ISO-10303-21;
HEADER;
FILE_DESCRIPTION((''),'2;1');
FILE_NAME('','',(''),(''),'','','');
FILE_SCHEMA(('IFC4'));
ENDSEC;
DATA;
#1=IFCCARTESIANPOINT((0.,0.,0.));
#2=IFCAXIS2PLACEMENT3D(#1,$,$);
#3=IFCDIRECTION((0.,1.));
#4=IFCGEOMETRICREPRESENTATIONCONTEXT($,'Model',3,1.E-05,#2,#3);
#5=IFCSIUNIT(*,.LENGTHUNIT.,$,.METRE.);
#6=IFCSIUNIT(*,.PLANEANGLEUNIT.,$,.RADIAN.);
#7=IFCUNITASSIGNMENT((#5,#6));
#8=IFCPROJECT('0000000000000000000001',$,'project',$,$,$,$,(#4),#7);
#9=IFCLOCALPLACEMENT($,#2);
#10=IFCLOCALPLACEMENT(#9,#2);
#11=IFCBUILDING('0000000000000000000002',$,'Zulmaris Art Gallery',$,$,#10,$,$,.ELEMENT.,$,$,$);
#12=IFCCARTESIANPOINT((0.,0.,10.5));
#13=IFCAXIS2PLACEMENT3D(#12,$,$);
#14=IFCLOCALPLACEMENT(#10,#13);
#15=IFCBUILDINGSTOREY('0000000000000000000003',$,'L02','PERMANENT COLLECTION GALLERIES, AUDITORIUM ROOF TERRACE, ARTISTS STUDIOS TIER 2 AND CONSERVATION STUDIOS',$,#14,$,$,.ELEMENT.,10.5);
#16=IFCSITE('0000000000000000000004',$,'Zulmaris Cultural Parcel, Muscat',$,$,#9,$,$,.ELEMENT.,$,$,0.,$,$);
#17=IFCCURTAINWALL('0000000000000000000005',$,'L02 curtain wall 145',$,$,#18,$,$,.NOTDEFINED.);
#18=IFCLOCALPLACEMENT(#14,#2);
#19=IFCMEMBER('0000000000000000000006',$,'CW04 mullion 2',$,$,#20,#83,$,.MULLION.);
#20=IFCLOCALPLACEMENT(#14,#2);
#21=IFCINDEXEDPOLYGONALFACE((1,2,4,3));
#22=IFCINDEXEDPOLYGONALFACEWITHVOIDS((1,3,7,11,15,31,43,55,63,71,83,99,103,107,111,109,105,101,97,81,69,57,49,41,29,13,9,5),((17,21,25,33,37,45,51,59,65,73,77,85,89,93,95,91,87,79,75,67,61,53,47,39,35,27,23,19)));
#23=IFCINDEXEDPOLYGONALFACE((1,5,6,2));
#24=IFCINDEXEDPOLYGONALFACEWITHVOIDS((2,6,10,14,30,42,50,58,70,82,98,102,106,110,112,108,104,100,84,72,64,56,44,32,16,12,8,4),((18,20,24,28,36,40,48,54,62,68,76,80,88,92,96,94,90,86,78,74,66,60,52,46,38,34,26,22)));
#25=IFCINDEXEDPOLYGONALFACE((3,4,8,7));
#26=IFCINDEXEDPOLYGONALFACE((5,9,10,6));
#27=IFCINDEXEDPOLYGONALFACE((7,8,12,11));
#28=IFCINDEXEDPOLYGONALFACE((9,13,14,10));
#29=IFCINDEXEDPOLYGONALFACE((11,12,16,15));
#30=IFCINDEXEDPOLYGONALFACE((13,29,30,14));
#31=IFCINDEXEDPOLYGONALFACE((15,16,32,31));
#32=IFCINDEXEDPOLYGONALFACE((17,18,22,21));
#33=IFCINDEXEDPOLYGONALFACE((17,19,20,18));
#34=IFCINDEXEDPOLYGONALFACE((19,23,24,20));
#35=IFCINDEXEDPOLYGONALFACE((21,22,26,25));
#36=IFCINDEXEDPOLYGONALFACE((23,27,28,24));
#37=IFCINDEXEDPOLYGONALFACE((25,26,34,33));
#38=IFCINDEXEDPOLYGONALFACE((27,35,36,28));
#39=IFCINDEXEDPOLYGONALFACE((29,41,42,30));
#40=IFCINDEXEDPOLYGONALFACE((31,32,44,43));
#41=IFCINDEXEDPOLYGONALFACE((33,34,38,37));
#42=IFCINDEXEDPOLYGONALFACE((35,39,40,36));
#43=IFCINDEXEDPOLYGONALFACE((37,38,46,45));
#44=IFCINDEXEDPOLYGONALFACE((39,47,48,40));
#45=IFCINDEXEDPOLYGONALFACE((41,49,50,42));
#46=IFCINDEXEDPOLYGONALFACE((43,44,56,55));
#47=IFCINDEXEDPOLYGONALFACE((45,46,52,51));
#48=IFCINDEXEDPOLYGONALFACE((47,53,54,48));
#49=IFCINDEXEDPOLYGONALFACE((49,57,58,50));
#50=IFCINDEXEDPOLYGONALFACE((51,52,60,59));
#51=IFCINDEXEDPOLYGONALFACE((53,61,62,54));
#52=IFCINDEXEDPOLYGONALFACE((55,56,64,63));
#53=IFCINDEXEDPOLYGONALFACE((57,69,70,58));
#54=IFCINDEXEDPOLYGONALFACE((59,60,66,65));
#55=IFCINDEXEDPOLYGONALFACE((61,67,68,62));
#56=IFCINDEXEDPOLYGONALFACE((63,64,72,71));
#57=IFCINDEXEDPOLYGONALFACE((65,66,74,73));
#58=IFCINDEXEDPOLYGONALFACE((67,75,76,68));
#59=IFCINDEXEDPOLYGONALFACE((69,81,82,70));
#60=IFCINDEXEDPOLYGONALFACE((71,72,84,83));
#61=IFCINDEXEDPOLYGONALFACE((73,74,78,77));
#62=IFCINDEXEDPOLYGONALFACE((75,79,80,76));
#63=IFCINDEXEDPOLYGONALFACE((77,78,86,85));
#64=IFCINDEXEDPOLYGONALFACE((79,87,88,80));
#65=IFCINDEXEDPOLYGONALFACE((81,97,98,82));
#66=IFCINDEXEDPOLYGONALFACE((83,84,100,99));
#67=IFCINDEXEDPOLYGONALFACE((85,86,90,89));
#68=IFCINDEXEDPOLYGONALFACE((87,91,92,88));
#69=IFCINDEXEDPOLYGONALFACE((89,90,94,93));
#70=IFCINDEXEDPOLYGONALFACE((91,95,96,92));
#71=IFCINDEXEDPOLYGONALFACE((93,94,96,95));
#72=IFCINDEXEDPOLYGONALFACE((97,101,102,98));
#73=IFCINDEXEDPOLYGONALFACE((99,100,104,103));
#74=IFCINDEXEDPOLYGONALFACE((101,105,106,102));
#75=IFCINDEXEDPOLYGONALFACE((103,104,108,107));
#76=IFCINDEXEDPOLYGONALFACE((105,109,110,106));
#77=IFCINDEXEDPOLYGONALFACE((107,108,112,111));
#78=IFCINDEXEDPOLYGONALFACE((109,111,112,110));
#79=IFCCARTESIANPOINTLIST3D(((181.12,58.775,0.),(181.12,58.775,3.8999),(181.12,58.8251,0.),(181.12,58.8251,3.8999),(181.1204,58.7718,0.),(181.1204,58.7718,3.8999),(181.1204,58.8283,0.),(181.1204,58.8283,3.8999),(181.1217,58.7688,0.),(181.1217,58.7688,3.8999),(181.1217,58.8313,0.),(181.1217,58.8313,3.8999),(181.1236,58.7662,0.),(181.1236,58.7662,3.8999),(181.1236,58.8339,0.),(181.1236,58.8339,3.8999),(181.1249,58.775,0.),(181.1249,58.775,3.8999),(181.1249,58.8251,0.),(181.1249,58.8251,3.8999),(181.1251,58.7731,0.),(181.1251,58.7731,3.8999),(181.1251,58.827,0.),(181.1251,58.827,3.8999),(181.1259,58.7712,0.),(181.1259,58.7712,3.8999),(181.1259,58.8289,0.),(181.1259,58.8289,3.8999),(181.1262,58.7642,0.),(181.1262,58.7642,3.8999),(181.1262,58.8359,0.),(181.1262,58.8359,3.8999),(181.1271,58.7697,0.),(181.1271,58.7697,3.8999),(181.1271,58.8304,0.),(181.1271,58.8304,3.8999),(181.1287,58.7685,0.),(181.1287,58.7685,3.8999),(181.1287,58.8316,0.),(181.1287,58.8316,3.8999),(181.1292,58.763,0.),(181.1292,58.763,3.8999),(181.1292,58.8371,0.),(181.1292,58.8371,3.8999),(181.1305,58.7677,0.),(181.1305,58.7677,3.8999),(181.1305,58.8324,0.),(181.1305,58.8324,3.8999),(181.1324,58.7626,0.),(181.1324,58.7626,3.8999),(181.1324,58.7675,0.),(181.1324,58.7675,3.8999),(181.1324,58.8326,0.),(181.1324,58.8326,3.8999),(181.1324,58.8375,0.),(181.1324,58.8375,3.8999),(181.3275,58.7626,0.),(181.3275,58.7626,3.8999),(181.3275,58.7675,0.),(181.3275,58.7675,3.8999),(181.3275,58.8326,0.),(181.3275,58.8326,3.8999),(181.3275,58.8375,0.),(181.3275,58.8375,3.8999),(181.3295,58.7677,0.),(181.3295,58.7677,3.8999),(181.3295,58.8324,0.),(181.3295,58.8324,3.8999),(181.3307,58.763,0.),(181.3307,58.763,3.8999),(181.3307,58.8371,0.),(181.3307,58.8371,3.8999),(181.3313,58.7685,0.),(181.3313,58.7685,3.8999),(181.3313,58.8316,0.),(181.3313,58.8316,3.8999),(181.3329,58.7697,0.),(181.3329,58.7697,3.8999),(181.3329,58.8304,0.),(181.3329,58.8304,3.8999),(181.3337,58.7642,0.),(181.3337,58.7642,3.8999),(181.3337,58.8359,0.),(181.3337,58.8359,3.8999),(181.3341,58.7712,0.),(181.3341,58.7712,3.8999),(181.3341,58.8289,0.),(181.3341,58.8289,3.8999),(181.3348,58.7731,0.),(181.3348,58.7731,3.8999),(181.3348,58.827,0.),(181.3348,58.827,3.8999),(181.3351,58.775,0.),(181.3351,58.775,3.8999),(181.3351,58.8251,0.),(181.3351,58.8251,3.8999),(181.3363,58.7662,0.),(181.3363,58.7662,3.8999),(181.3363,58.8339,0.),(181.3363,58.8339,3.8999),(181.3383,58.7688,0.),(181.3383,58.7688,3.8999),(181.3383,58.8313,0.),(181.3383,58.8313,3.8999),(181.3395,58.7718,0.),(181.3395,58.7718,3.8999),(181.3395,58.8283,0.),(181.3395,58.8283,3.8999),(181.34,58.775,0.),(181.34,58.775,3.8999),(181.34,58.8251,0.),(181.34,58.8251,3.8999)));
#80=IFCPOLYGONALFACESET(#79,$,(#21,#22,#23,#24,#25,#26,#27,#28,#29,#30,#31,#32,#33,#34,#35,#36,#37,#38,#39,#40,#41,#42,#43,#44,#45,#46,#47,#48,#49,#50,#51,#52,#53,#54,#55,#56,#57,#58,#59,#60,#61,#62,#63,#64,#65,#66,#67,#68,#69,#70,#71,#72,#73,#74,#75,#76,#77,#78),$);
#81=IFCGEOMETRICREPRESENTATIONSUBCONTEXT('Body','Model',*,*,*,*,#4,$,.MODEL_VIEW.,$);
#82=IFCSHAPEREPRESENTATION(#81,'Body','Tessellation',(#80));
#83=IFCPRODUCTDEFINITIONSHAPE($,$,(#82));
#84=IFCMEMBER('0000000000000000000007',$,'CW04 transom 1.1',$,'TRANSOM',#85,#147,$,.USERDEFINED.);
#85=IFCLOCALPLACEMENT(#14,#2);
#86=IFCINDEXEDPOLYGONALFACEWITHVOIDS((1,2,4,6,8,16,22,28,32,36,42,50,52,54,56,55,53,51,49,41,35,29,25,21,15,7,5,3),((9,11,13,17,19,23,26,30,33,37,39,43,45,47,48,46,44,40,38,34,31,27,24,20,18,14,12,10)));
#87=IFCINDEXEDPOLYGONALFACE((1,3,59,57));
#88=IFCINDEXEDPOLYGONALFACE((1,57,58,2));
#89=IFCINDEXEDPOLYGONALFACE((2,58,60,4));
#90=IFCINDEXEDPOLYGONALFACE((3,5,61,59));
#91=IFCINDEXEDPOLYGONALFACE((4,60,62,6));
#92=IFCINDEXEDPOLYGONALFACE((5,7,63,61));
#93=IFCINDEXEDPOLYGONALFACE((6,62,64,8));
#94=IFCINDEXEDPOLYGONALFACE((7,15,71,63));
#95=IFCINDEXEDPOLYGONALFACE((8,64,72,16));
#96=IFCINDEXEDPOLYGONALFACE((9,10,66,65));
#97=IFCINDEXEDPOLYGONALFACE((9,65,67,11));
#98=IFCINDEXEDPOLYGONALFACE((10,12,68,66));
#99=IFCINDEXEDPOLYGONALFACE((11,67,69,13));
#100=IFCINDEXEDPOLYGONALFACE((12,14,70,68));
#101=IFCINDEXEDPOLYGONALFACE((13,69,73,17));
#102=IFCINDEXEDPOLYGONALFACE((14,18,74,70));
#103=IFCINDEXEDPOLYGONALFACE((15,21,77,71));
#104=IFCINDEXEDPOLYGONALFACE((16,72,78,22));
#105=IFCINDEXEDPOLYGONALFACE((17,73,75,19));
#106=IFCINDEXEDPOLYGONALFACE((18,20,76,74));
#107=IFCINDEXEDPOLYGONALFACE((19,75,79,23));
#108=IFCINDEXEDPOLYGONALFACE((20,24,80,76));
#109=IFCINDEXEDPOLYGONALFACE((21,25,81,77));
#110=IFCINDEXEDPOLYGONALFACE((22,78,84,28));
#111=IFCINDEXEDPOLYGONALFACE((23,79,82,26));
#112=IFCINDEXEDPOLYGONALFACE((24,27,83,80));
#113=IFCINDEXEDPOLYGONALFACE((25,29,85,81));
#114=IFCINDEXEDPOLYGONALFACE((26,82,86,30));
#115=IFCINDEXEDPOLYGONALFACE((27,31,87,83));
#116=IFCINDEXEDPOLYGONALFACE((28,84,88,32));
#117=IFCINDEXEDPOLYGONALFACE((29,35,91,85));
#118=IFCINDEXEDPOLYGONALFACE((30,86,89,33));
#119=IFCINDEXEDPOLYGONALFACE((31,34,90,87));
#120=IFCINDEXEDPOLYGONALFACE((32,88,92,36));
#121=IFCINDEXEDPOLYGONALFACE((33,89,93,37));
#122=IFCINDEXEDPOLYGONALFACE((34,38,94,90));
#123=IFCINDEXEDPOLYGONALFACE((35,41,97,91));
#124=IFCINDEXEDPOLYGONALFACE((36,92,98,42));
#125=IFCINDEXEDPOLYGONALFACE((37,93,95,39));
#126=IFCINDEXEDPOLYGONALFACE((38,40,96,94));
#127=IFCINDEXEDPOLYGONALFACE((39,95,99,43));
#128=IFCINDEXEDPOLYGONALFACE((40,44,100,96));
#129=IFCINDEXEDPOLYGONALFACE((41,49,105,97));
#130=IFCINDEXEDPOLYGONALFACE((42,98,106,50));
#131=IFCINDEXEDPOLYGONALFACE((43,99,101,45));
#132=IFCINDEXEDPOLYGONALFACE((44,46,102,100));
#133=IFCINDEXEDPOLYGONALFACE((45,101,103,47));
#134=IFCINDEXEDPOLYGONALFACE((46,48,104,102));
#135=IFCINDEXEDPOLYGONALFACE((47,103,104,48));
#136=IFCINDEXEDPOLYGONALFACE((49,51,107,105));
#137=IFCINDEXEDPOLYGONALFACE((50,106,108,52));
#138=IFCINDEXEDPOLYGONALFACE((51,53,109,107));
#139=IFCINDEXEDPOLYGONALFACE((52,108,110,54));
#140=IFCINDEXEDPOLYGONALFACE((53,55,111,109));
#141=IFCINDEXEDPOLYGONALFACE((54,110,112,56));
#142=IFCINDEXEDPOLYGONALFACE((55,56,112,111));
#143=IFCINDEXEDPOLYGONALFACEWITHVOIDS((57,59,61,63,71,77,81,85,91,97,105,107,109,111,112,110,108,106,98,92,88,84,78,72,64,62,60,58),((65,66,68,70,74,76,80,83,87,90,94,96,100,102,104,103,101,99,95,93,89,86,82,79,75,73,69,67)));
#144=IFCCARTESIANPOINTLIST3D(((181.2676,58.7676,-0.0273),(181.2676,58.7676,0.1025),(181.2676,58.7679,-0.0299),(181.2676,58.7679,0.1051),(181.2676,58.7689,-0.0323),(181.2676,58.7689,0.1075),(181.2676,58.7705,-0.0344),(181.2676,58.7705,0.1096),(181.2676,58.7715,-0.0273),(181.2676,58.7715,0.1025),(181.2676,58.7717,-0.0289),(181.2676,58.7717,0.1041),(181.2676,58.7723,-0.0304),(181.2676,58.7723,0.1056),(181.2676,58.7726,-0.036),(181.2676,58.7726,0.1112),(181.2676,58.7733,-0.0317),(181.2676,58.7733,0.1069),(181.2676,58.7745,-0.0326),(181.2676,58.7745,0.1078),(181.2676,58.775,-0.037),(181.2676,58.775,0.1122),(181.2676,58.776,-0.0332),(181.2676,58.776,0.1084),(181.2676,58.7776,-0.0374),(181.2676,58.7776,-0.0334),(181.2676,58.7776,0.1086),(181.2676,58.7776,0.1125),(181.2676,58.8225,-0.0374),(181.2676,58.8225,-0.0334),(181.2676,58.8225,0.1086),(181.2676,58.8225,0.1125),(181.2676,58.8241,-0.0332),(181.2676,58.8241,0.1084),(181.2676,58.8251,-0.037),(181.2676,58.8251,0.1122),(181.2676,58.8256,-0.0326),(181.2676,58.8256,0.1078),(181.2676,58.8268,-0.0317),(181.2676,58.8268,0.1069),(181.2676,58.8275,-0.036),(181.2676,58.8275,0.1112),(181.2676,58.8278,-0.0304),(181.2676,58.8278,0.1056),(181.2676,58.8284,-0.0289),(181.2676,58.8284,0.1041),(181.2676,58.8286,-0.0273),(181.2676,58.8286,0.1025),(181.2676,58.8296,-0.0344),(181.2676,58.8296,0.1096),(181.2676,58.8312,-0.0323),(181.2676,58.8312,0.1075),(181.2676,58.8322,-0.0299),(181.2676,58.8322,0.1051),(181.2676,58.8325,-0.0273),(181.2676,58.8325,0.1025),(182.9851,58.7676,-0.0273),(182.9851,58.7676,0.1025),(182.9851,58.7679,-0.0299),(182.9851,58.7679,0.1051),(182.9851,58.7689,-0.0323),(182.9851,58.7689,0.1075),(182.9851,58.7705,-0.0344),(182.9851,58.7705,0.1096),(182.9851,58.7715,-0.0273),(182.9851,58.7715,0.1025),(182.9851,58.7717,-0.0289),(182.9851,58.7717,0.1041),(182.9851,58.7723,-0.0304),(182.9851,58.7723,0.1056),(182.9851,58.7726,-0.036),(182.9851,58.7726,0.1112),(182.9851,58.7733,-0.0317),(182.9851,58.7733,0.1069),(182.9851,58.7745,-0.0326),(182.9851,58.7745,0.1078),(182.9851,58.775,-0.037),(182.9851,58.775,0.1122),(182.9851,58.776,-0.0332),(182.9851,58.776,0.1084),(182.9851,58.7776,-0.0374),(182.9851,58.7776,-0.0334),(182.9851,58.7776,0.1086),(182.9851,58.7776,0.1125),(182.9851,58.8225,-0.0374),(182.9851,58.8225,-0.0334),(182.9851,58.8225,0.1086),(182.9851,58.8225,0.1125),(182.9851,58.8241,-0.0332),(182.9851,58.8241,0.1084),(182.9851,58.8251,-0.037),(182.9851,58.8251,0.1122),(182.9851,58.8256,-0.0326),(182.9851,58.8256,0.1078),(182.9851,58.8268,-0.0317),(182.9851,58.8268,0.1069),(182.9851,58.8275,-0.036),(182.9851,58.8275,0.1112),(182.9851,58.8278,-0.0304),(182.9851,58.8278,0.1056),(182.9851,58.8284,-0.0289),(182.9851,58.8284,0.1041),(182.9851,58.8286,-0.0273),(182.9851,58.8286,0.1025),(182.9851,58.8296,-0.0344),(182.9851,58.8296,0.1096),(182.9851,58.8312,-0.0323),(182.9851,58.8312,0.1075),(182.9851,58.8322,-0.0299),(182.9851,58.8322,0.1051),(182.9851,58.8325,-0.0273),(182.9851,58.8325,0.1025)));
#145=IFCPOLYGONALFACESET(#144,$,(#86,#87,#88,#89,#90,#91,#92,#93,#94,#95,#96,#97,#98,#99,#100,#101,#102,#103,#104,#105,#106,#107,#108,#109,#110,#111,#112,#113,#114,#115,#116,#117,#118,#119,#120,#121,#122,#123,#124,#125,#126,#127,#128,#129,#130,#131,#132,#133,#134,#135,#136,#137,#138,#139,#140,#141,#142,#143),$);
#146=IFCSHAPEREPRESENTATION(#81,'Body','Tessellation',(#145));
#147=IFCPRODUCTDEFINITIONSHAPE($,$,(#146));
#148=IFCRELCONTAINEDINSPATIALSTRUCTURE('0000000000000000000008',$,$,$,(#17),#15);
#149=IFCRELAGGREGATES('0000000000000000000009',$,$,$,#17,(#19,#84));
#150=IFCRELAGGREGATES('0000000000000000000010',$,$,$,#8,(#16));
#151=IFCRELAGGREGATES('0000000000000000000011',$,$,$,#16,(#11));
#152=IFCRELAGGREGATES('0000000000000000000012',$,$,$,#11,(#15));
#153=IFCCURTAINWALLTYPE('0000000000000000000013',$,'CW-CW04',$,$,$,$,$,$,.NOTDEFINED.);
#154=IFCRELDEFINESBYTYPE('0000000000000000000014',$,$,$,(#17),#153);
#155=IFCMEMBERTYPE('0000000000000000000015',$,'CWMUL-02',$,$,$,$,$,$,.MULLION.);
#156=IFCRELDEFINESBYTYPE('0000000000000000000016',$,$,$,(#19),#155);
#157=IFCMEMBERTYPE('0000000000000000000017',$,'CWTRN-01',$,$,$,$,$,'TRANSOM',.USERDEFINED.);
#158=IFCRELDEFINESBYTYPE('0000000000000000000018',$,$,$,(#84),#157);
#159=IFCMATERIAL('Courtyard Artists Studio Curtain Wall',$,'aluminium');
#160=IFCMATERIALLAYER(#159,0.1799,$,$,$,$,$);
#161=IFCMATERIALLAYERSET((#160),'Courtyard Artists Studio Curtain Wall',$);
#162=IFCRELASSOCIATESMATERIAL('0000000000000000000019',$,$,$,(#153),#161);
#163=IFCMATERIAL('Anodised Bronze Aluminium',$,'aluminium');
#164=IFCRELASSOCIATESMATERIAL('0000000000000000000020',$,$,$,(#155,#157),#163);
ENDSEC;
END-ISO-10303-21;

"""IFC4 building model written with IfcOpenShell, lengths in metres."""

from ifc_helpers import new_model, si_unit, direction, frame, origin, origin_2d, place, context, subcontext, project, spatial, hollow_rectangle, extrude, material, layer, layer_set, material_profile, profile_set, type_object, element, aggregate, save


model = new_model("IFC4")

# Units and contexts
model_context = context("Model", 3, precision=1e-05, world=origin(), true_north=direction((0.0, 1.0)))
body_context = subcontext(model_context, "Body", "Model", "MODEL_VIEW")
ifc_project = project(units=[si_unit("LENGTHUNIT", "METRE"), si_unit("PLANEANGLEUNIT", "RADIAN")], contexts=[model_context])

# Site, building, storey
site_placement = place(None, origin())
site = spatial("IfcSite", under=ifc_project, at=site_placement, Name="Zulmaris Cultural Parcel, Muscat", CompositionType="ELEMENT", RefElevation=0.0)
building_placement = place(site_placement, origin())
building = spatial("IfcBuilding", under=site, at=building_placement, Name="Zulmaris Art Gallery", CompositionType="ELEMENT")
storey_placement = place(building_placement, frame((0.0, 0.0, 10.5)))
storey = spatial("IfcBuildingStorey", under=building, at=storey_placement, Name="L02", Description="PERMANENT COLLECTION GALLERIES, AUDITORIUM ROOF TERRACE, ARTISTS STUDIOS TIER 2 AND CONSERVATION STUDIOS", CompositionType="ELEMENT", Elevation=10.5)

# Curtain wall, members
ifc_material_1 = material(Name="Courtyard Artists Studio Curtain Wall", Category="aluminium")
ifc_layer_1 = layer(ifc_material_1, 0.1799)
ifc_layer_set_1 = layer_set([ifc_layer_1], Name="Courtyard Artists Studio Curtain Wall")
curtain_wall_type = type_object("IfcCurtainWallType", Name="CW-CW04", PredefinedType="NOTDEFINED", material=ifc_layer_set_1)
curtain_wall_placement = place(storey_placement, origin())
curtain_wall = element("IfcCurtainWall", 1, at=curtain_wall_placement, inside=storey, type_object=curtain_wall_type, Name="L02 curtain wall 145", PredefinedType="NOTDEFINED")
ifc_material_2 = material(Name="Anodised Bronze Aluminium", Category="aluminium")
ifc_material_profile_1 = material_profile(ifc_material_2, hollow_rectangle(XDim=0.075, YDim=0.22, WallThickness=0.0049, InnerFilletRadius=0.0076, OuterFilletRadius=0.0125, at=origin_2d()), Name="ALU 75x220x5")
ifc_profile_set_1 = profile_set([ifc_material_profile_1], Name="Anodised Bronze Aluminium")
member_type_1 = type_object("IfcMemberType", Name="CWMUL-02", PredefinedType="MULLION", material=ifc_profile_set_1)
member_1_placement = place(storey_placement, frame((181.23, 58.8, 0.0), z_axis=(0.0, 0.0, 1.0), x_axis=(0.0, -1.0, 0.0)))
member_1 = element("IfcMember", 2, at=member_1_placement, type_object=member_type_1, Name="CW04 mullion 2", PredefinedType="MULLION", context=body_context, shape_type="SweptSolid", body=[
    extrude(hollow_rectangle(XDim=0.075, YDim=0.22, WallThickness=0.0049, InnerFilletRadius=0.0076, OuterFilletRadius=0.0125, at=origin_2d()), origin(), (0.0, 0.0, 1.0), 3.8999),
])
ifc_material_profile_2 = material_profile(ifc_material_2, hollow_rectangle(XDim=0.0649, YDim=0.1499, WallThickness=0.0039, InnerFilletRadius=0.0061, OuterFilletRadius=0.01, at=origin_2d()), Name="ALU 65x150x4")
ifc_profile_set_2 = profile_set([ifc_material_profile_2], Name="Anodised Bronze Aluminium")
member_type_2 = type_object("IfcMemberType", Name="CWTRN-01", ElementType="TRANSOM", PredefinedType="USERDEFINED", material=ifc_profile_set_2)
member_2_placement = place(storey_placement, frame((182.9851, 58.8, 0.0376), z_axis=(-1.0, 0.0, 0.0), x_axis=(0.0, -1.0, 0.0)))
member_2 = element("IfcMember", 3, at=member_2_placement, type_object=member_type_2, Name="CW04 transom 1.1", ObjectType="TRANSOM", PredefinedType="USERDEFINED", context=body_context, shape_type="SweptSolid", body=[
    extrude(hollow_rectangle(XDim=0.0649, YDim=0.1499, WallThickness=0.0039, InnerFilletRadius=0.0061, OuterFilletRadius=0.01, at=origin_2d()), origin(), (0.0, 0.0, 1.0), 1.7175),
])
aggregate(curtain_wall, [member_1, member_2])

save(model, "model.ifc")
